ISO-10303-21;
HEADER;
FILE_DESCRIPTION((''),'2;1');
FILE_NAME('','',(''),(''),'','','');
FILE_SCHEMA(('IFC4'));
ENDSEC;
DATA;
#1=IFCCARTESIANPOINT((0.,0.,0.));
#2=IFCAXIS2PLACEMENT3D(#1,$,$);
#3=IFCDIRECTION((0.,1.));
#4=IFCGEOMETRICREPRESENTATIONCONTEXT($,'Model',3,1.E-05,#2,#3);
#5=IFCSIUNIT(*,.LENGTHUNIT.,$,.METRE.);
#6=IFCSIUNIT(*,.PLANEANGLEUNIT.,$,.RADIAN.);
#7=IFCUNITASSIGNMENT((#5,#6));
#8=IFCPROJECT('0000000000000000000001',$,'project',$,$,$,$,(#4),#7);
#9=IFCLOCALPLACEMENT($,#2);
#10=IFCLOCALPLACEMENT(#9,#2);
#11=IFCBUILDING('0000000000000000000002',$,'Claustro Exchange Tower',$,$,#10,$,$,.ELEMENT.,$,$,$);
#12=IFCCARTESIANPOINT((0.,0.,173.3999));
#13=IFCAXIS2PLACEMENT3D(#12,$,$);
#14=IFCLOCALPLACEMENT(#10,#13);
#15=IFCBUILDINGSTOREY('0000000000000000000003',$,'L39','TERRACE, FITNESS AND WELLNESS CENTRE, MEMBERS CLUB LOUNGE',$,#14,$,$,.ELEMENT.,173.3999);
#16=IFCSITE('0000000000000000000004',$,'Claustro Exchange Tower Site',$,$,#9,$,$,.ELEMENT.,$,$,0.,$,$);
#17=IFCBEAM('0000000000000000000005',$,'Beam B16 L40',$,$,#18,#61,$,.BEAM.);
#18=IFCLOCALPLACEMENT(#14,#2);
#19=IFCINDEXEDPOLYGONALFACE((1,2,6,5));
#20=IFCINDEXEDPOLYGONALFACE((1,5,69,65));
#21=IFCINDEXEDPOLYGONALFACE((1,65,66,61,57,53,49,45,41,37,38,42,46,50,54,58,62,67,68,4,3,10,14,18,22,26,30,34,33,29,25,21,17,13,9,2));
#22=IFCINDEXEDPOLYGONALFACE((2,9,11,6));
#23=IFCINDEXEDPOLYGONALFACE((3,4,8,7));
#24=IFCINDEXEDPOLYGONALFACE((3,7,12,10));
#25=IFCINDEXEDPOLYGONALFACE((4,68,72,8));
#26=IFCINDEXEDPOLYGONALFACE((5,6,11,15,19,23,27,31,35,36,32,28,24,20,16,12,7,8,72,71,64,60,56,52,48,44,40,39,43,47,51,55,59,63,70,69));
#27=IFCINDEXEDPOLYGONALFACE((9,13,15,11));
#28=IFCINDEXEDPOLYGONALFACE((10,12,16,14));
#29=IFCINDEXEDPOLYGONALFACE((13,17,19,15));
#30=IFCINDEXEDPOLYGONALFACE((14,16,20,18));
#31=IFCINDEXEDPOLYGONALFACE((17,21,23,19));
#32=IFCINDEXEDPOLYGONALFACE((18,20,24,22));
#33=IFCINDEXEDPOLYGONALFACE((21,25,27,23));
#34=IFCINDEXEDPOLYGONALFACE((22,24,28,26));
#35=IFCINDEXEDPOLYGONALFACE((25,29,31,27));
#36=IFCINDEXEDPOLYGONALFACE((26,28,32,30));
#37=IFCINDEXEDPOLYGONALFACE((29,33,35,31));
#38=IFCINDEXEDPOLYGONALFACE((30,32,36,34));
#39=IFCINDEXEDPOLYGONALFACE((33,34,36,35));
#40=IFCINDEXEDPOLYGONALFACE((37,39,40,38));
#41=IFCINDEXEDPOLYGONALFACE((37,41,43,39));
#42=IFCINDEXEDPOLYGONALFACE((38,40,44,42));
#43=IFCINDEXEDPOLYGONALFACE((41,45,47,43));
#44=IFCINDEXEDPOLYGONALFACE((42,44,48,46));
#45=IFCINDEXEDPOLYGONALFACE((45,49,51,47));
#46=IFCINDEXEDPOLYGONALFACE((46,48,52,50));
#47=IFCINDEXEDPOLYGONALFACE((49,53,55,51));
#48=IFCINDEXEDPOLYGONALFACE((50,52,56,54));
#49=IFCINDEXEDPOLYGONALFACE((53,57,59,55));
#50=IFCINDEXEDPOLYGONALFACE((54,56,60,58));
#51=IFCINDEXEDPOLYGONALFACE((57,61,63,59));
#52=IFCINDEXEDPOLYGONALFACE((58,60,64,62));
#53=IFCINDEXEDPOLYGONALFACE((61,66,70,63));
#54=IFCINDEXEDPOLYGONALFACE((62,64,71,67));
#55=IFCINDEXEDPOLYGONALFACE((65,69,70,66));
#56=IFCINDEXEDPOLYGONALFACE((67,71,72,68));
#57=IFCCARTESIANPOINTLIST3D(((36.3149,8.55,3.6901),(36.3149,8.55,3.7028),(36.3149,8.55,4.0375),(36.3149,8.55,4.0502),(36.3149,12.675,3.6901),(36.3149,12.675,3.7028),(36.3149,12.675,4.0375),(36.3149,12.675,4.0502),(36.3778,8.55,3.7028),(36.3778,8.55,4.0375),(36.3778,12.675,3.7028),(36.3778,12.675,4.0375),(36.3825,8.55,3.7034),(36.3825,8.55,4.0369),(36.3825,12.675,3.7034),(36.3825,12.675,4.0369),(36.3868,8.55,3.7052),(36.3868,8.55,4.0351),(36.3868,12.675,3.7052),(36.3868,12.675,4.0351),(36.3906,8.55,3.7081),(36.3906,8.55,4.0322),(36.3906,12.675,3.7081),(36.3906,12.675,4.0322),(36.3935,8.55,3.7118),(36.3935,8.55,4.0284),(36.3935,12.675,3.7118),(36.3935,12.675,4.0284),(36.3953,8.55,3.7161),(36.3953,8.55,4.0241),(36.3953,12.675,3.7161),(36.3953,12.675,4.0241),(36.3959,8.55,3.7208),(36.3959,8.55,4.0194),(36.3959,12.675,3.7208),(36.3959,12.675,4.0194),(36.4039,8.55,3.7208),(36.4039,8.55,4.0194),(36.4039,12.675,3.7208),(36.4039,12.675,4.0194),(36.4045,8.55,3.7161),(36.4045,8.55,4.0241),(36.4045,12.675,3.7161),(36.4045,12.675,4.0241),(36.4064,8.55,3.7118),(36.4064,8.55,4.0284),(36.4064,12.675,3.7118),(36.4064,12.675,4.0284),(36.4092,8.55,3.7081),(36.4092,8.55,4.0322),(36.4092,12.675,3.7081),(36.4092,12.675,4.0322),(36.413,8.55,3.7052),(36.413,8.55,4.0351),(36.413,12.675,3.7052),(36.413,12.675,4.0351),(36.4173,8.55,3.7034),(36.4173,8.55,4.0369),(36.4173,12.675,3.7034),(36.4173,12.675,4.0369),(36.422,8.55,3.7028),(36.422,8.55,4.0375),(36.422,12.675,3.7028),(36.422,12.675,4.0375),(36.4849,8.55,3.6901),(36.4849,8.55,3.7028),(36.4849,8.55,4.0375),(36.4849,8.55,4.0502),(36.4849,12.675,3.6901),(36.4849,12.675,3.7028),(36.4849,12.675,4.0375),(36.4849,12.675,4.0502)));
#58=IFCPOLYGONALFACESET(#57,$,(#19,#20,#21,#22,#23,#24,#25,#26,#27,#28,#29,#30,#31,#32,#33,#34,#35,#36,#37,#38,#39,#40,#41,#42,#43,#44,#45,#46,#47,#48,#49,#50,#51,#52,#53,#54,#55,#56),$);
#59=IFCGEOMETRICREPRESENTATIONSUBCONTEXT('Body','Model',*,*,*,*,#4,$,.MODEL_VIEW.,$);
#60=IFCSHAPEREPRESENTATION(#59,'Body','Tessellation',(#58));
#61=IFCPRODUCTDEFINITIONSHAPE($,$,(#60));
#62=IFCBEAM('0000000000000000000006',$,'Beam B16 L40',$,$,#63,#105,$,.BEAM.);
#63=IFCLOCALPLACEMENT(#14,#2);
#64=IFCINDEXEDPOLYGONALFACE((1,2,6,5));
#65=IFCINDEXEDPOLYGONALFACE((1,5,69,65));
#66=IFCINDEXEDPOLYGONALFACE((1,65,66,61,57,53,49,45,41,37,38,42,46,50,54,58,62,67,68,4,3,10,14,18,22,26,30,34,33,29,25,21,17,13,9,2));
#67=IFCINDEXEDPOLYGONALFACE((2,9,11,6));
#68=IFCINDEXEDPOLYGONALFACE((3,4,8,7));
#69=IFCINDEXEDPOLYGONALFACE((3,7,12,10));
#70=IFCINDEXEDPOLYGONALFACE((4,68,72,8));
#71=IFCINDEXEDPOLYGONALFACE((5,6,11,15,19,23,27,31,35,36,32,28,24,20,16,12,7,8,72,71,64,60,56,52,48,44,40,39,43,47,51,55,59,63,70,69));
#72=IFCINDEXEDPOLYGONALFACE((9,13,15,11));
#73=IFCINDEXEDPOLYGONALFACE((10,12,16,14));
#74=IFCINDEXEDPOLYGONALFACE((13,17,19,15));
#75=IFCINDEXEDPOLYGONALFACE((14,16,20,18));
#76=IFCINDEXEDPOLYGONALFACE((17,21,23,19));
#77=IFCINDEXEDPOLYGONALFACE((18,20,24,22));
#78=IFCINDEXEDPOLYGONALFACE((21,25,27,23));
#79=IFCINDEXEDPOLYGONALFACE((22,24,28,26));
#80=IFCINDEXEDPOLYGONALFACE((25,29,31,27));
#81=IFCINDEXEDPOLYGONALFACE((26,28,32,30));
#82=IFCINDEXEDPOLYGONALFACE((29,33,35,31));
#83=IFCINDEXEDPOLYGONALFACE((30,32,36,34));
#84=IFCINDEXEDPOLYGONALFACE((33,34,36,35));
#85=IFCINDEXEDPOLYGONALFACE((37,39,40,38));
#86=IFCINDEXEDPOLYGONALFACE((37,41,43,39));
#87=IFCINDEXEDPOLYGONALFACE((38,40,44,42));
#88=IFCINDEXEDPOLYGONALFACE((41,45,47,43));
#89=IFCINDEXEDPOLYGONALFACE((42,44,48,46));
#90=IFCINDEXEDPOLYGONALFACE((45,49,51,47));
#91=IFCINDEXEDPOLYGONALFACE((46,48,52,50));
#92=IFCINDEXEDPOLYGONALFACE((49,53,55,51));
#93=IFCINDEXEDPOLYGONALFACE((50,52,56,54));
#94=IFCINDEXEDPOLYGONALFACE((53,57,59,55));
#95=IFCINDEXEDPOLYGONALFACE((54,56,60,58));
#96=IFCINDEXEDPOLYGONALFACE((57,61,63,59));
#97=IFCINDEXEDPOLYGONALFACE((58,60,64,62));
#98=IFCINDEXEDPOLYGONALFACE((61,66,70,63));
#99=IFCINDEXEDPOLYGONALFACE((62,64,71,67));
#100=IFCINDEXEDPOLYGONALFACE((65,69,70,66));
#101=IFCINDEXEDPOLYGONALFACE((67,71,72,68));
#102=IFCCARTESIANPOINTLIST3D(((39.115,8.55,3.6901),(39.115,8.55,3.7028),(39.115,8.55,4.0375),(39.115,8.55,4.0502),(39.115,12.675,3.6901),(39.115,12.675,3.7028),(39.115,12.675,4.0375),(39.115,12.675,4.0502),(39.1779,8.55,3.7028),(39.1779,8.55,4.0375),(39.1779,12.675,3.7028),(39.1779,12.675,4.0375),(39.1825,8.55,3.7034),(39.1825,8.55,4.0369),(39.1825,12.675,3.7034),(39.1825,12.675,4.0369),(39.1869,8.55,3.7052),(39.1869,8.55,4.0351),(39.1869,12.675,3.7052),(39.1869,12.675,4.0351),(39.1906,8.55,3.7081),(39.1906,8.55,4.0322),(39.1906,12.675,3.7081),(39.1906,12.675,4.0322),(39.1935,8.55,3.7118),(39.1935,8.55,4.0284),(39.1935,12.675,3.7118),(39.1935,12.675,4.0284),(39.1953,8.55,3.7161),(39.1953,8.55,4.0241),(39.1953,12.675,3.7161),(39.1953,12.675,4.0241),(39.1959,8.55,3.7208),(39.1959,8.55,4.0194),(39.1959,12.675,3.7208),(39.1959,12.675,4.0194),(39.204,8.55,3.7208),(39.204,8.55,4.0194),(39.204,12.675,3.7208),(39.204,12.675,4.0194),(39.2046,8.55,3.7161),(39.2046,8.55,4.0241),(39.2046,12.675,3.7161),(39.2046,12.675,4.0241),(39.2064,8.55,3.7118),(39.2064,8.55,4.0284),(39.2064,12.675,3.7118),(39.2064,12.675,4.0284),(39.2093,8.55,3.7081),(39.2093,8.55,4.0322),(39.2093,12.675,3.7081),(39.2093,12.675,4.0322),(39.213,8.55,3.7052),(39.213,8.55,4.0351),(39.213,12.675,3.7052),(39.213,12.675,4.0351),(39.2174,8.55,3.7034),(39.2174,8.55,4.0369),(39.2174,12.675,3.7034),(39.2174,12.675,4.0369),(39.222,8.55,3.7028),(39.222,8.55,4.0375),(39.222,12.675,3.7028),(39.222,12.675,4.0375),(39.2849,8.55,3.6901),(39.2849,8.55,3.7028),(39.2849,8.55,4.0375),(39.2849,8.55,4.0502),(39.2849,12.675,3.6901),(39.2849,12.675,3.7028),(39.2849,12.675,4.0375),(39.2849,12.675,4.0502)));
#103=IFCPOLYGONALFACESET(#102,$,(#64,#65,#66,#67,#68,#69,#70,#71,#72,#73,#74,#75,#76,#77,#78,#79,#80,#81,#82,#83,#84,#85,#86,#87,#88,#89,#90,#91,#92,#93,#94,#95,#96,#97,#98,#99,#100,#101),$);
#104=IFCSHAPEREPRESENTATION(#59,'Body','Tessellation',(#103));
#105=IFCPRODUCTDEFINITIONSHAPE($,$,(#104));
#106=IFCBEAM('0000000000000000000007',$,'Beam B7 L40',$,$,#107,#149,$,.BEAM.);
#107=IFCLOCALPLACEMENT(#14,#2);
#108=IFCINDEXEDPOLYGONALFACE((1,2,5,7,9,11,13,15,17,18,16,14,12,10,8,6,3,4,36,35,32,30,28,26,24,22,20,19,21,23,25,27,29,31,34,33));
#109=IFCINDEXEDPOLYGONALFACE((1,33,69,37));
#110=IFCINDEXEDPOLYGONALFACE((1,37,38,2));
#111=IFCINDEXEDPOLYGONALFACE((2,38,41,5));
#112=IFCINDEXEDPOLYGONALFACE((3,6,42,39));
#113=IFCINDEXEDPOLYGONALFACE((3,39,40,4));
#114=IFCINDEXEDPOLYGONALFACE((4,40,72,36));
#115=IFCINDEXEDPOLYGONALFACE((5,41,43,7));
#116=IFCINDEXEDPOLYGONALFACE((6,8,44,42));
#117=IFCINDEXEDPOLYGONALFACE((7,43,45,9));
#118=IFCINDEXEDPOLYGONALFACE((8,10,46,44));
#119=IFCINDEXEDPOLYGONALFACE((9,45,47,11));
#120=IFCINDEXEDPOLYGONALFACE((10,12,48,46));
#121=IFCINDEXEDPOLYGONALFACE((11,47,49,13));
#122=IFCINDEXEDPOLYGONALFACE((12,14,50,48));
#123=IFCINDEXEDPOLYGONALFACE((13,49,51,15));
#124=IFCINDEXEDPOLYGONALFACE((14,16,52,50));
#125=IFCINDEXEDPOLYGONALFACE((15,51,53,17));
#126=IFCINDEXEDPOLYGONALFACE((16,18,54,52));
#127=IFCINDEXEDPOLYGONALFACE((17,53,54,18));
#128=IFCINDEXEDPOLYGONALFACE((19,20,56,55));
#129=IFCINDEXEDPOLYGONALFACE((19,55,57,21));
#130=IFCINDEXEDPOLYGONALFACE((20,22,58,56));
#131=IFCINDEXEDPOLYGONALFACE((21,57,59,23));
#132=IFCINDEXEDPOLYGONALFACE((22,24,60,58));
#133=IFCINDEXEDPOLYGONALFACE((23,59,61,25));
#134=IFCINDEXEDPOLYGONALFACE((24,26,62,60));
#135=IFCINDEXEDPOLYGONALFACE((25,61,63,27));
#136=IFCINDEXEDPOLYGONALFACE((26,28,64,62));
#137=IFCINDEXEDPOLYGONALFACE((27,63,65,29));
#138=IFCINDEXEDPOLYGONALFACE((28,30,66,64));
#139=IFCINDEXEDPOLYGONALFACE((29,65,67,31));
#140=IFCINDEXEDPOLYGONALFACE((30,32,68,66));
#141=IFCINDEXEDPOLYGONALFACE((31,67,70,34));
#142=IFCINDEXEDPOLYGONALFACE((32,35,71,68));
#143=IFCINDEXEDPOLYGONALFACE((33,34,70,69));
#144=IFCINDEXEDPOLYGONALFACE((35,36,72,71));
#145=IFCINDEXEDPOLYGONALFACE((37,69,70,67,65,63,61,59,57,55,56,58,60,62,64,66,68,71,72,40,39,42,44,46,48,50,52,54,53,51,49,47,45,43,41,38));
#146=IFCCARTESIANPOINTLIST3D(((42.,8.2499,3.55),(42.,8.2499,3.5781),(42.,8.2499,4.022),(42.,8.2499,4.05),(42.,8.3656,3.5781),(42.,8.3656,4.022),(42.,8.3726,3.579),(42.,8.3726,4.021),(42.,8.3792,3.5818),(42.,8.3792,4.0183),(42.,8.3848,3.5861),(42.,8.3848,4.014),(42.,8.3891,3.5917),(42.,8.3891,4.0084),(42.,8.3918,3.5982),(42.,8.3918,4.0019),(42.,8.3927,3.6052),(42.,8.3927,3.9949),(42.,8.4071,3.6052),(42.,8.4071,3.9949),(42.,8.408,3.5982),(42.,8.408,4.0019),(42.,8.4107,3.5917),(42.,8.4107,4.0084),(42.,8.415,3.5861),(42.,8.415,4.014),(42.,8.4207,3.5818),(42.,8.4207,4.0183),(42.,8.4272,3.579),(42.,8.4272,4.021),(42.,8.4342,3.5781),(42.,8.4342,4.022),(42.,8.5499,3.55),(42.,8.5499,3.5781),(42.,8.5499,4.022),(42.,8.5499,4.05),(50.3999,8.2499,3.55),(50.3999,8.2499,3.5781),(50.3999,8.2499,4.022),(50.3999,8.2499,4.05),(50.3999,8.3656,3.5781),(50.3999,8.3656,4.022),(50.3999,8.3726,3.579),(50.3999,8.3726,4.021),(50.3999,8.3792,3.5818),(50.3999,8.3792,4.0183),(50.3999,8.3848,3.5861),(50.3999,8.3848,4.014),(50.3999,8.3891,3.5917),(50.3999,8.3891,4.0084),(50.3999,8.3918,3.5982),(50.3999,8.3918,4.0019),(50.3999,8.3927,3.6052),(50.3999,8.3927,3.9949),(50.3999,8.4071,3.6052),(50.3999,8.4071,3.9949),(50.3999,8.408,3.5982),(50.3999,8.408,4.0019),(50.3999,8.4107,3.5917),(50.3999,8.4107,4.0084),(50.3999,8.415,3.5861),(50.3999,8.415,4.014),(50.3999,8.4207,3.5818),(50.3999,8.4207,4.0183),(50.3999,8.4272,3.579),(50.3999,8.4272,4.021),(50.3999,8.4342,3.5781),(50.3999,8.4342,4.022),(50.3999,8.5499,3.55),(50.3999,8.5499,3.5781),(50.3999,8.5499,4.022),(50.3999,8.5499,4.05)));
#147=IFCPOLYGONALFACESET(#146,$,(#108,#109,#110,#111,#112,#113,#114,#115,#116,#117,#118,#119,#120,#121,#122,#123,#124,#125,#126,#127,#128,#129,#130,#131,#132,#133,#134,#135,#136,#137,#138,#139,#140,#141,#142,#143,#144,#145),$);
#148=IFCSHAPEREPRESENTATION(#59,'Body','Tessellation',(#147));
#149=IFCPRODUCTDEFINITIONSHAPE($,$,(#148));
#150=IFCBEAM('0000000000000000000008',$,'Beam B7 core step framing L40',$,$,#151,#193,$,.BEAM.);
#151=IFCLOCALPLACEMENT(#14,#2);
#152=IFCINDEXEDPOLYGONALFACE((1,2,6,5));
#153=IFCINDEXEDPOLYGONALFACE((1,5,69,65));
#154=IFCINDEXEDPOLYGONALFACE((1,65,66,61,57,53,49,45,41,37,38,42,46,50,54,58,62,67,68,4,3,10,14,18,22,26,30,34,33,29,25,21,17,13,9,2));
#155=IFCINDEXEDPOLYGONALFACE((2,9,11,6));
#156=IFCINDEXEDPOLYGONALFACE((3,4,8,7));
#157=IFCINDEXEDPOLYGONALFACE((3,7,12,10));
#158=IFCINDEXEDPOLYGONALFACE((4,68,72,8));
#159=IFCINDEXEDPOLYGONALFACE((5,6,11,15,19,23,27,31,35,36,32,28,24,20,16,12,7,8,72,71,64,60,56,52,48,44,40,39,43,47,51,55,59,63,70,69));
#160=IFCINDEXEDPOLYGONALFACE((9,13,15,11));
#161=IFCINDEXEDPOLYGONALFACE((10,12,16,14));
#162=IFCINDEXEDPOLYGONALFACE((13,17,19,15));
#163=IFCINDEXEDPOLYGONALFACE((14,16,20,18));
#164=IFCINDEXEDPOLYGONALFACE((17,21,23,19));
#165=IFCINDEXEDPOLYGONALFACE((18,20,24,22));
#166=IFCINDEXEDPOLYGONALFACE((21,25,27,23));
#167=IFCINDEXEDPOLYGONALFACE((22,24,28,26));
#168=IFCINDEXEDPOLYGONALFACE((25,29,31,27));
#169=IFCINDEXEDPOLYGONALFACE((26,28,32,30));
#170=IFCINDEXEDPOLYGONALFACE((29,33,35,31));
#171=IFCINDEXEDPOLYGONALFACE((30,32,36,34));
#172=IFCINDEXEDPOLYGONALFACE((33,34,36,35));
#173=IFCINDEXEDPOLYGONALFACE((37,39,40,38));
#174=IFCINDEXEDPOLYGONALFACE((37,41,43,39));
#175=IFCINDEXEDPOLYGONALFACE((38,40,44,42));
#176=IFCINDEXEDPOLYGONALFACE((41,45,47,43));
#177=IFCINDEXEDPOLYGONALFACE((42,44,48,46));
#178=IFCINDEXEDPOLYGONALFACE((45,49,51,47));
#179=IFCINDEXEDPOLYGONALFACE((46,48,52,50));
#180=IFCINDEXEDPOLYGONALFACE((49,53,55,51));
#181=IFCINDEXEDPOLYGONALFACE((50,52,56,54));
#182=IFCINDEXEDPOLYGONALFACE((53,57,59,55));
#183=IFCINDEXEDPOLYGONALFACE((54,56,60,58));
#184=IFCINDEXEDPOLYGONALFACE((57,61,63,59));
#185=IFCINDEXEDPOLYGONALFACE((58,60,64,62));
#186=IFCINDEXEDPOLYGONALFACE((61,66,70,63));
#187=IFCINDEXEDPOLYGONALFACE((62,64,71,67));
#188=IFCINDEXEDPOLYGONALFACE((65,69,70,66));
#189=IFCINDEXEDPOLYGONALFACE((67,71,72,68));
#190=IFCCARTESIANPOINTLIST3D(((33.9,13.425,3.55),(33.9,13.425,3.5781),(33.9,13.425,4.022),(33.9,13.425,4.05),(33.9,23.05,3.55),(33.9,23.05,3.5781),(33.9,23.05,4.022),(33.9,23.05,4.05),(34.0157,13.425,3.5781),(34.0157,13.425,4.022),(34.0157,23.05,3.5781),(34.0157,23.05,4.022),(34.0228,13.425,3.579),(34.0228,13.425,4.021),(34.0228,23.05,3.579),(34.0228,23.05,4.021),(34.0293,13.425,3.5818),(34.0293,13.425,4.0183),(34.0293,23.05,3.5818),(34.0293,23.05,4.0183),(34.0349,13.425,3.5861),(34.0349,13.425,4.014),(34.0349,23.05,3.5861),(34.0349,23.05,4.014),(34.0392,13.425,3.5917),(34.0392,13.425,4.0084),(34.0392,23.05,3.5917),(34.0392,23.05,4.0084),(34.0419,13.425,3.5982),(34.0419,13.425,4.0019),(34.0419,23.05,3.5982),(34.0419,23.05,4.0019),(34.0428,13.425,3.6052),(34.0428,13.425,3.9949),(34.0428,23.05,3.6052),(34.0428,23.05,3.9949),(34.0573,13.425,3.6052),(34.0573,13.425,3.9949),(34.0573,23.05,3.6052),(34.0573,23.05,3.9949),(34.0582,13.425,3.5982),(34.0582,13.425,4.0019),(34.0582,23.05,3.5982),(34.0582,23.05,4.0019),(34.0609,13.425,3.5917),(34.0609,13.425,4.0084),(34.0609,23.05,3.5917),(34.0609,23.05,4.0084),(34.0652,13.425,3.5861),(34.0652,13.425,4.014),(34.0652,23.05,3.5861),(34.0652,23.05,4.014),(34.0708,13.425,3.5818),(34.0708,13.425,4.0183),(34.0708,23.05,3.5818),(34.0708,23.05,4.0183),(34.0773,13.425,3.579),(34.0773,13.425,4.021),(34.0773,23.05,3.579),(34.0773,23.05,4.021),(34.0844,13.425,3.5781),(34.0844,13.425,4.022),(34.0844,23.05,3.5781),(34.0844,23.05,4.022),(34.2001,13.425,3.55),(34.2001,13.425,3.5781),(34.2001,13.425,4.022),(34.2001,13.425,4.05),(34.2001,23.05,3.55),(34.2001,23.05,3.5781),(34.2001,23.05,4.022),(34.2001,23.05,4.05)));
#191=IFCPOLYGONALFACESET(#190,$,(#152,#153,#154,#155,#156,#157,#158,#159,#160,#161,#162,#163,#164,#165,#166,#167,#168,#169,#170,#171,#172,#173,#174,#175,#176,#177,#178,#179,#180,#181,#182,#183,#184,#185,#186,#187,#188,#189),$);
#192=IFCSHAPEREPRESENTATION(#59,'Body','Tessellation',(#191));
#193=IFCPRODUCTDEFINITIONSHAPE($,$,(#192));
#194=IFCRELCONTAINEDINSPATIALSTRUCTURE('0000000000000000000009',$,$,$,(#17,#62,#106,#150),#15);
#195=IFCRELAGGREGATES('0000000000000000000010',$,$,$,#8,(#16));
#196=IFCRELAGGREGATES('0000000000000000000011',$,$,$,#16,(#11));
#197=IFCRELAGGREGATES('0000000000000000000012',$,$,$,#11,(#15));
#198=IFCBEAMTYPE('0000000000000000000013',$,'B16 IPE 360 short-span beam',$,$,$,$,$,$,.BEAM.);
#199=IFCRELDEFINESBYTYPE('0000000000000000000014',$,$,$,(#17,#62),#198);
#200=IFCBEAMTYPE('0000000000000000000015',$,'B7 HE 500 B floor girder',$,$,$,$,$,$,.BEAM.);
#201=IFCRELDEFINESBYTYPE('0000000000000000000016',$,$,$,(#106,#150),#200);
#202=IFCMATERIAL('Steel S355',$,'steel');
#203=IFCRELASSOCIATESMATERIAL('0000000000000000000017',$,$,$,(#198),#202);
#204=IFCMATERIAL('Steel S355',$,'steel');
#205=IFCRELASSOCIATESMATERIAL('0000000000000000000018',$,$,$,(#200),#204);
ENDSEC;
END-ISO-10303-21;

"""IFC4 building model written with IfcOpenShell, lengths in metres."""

from ifc_helpers import new_model, si_unit, direction, frame, origin, origin_2d, place, context, subcontext, project, spatial, i_section, extrude, material, material_profile, profile_set, type_object, element, save


model = new_model("IFC4")

# Units and contexts
model_context = context("Model", 3, precision=1e-05, world=origin(), true_north=direction((0.0, 1.0)))
body_context = subcontext(model_context, "Body", "Model", "MODEL_VIEW")
ifc_project = project(units=[si_unit("LENGTHUNIT", "METRE"), si_unit("PLANEANGLEUNIT", "RADIAN")], contexts=[model_context])

# Site, building, storey
site_placement = place(None, origin())
site = spatial("IfcSite", under=ifc_project, at=site_placement, Name="Claustro Exchange Tower Site", CompositionType="ELEMENT", RefElevation=0.0)
building_placement = place(site_placement, origin())
building = spatial("IfcBuilding", under=site, at=building_placement, Name="Claustro Exchange Tower", CompositionType="ELEMENT")
storey_placement = place(building_placement, frame((0.0, 0.0, 173.3999)))
storey = spatial("IfcBuildingStorey", under=building, at=storey_placement, Name="L39", Description="TERRACE, FITNESS AND WELLNESS CENTRE, MEMBERS CLUB LOUNGE", CompositionType="ELEMENT", Elevation=173.3999)

# Beams
ifc_material_1 = material(Name="Steel S355", Category="steel")
ifc_material_profile_1 = material_profile(ifc_material_1, i_section(OverallWidth=0.1699, OverallDepth=0.3601, WebThickness=0.0081, FlangeThickness=0.0127, FilletRadius=0.0181, at=origin_2d()), Name="IPE 360")
ifc_profile_set_1 = profile_set([ifc_material_profile_1], Name="Steel S355")
beam_type_1 = type_object("IfcBeamType", Name="B16 IPE 360 short-span beam", PredefinedType="BEAM", material=ifc_profile_set_1)
for number, where, z_axis, x_axis, name in (
    (1, (36.3999, 8.55, 3.8701), (0.0, 1.0, 0.0), (-1.0, 0.0, 0.0), "Beam B16 L40"),
    (2, (39.2, 8.55, 3.8701), (0.0, 1.0, 0.0), (-1.0, 0.0, 0.0), "Beam B16 L40"),
):
    element("IfcBeam", number, at=place(storey_placement, frame(where, z_axis=z_axis, x_axis=x_axis)), inside=storey, type_object=beam_type_1, Name=name, PredefinedType="BEAM", context=body_context, shape_type="SweptSolid", body=[
        extrude(i_section(OverallWidth=0.1699, OverallDepth=0.3601, WebThickness=0.0081, FlangeThickness=0.0127, FilletRadius=0.0181, at=origin_2d()), origin(), (0.0, 0.0, 1.0), 4.125),
    ])
ifc_material_2 = material(Name="Steel S355", Category="steel")
ifc_material_profile_2 = material_profile(ifc_material_2, i_section(OverallWidth=0.3, OverallDepth=0.5, WebThickness=0.0144, FlangeThickness=0.0281, FilletRadius=0.0271, at=origin_2d()), Name="HE 500 B")
ifc_profile_set_2 = profile_set([ifc_material_profile_2], Name="Steel S355")
beam_type_2 = type_object("IfcBeamType", Name="B7 HE 500 B floor girder", PredefinedType="BEAM", material=ifc_profile_set_2)
beam_1_placement = place(storey_placement, frame((42.0, 8.3999, 3.8), z_axis=(1.0, 0.0, 0.0), x_axis=(0.0, 1.0, 0.0)))
element("IfcBeam", 3, at=beam_1_placement, inside=storey, type_object=beam_type_2, Name="Beam B7 L40", PredefinedType="BEAM", context=body_context, shape_type="SweptSolid", body=[
    extrude(i_section(OverallWidth=0.3, OverallDepth=0.5, WebThickness=0.0144, FlangeThickness=0.0281, FilletRadius=0.0271, at=origin_2d()), origin(), (0.0, 0.0, 1.0), 8.3999),
])
beam_2_placement = place(storey_placement, frame((34.05, 13.425, 3.8), z_axis=(0.0, 1.0, 0.0), x_axis=(-1.0, 0.0, 0.0)))
element("IfcBeam", 4, at=beam_2_placement, inside=storey, type_object=beam_type_2, Name="Beam B7 core step framing L40", PredefinedType="BEAM", context=body_context, shape_type="SweptSolid", body=[
    extrude(i_section(OverallWidth=0.3, OverallDepth=0.5, WebThickness=0.0144, FlangeThickness=0.0281, FilletRadius=0.0271, at=origin_2d()), origin(), (0.0, 0.0, 1.0), 9.625),
])

save(model, "model.ifc")
